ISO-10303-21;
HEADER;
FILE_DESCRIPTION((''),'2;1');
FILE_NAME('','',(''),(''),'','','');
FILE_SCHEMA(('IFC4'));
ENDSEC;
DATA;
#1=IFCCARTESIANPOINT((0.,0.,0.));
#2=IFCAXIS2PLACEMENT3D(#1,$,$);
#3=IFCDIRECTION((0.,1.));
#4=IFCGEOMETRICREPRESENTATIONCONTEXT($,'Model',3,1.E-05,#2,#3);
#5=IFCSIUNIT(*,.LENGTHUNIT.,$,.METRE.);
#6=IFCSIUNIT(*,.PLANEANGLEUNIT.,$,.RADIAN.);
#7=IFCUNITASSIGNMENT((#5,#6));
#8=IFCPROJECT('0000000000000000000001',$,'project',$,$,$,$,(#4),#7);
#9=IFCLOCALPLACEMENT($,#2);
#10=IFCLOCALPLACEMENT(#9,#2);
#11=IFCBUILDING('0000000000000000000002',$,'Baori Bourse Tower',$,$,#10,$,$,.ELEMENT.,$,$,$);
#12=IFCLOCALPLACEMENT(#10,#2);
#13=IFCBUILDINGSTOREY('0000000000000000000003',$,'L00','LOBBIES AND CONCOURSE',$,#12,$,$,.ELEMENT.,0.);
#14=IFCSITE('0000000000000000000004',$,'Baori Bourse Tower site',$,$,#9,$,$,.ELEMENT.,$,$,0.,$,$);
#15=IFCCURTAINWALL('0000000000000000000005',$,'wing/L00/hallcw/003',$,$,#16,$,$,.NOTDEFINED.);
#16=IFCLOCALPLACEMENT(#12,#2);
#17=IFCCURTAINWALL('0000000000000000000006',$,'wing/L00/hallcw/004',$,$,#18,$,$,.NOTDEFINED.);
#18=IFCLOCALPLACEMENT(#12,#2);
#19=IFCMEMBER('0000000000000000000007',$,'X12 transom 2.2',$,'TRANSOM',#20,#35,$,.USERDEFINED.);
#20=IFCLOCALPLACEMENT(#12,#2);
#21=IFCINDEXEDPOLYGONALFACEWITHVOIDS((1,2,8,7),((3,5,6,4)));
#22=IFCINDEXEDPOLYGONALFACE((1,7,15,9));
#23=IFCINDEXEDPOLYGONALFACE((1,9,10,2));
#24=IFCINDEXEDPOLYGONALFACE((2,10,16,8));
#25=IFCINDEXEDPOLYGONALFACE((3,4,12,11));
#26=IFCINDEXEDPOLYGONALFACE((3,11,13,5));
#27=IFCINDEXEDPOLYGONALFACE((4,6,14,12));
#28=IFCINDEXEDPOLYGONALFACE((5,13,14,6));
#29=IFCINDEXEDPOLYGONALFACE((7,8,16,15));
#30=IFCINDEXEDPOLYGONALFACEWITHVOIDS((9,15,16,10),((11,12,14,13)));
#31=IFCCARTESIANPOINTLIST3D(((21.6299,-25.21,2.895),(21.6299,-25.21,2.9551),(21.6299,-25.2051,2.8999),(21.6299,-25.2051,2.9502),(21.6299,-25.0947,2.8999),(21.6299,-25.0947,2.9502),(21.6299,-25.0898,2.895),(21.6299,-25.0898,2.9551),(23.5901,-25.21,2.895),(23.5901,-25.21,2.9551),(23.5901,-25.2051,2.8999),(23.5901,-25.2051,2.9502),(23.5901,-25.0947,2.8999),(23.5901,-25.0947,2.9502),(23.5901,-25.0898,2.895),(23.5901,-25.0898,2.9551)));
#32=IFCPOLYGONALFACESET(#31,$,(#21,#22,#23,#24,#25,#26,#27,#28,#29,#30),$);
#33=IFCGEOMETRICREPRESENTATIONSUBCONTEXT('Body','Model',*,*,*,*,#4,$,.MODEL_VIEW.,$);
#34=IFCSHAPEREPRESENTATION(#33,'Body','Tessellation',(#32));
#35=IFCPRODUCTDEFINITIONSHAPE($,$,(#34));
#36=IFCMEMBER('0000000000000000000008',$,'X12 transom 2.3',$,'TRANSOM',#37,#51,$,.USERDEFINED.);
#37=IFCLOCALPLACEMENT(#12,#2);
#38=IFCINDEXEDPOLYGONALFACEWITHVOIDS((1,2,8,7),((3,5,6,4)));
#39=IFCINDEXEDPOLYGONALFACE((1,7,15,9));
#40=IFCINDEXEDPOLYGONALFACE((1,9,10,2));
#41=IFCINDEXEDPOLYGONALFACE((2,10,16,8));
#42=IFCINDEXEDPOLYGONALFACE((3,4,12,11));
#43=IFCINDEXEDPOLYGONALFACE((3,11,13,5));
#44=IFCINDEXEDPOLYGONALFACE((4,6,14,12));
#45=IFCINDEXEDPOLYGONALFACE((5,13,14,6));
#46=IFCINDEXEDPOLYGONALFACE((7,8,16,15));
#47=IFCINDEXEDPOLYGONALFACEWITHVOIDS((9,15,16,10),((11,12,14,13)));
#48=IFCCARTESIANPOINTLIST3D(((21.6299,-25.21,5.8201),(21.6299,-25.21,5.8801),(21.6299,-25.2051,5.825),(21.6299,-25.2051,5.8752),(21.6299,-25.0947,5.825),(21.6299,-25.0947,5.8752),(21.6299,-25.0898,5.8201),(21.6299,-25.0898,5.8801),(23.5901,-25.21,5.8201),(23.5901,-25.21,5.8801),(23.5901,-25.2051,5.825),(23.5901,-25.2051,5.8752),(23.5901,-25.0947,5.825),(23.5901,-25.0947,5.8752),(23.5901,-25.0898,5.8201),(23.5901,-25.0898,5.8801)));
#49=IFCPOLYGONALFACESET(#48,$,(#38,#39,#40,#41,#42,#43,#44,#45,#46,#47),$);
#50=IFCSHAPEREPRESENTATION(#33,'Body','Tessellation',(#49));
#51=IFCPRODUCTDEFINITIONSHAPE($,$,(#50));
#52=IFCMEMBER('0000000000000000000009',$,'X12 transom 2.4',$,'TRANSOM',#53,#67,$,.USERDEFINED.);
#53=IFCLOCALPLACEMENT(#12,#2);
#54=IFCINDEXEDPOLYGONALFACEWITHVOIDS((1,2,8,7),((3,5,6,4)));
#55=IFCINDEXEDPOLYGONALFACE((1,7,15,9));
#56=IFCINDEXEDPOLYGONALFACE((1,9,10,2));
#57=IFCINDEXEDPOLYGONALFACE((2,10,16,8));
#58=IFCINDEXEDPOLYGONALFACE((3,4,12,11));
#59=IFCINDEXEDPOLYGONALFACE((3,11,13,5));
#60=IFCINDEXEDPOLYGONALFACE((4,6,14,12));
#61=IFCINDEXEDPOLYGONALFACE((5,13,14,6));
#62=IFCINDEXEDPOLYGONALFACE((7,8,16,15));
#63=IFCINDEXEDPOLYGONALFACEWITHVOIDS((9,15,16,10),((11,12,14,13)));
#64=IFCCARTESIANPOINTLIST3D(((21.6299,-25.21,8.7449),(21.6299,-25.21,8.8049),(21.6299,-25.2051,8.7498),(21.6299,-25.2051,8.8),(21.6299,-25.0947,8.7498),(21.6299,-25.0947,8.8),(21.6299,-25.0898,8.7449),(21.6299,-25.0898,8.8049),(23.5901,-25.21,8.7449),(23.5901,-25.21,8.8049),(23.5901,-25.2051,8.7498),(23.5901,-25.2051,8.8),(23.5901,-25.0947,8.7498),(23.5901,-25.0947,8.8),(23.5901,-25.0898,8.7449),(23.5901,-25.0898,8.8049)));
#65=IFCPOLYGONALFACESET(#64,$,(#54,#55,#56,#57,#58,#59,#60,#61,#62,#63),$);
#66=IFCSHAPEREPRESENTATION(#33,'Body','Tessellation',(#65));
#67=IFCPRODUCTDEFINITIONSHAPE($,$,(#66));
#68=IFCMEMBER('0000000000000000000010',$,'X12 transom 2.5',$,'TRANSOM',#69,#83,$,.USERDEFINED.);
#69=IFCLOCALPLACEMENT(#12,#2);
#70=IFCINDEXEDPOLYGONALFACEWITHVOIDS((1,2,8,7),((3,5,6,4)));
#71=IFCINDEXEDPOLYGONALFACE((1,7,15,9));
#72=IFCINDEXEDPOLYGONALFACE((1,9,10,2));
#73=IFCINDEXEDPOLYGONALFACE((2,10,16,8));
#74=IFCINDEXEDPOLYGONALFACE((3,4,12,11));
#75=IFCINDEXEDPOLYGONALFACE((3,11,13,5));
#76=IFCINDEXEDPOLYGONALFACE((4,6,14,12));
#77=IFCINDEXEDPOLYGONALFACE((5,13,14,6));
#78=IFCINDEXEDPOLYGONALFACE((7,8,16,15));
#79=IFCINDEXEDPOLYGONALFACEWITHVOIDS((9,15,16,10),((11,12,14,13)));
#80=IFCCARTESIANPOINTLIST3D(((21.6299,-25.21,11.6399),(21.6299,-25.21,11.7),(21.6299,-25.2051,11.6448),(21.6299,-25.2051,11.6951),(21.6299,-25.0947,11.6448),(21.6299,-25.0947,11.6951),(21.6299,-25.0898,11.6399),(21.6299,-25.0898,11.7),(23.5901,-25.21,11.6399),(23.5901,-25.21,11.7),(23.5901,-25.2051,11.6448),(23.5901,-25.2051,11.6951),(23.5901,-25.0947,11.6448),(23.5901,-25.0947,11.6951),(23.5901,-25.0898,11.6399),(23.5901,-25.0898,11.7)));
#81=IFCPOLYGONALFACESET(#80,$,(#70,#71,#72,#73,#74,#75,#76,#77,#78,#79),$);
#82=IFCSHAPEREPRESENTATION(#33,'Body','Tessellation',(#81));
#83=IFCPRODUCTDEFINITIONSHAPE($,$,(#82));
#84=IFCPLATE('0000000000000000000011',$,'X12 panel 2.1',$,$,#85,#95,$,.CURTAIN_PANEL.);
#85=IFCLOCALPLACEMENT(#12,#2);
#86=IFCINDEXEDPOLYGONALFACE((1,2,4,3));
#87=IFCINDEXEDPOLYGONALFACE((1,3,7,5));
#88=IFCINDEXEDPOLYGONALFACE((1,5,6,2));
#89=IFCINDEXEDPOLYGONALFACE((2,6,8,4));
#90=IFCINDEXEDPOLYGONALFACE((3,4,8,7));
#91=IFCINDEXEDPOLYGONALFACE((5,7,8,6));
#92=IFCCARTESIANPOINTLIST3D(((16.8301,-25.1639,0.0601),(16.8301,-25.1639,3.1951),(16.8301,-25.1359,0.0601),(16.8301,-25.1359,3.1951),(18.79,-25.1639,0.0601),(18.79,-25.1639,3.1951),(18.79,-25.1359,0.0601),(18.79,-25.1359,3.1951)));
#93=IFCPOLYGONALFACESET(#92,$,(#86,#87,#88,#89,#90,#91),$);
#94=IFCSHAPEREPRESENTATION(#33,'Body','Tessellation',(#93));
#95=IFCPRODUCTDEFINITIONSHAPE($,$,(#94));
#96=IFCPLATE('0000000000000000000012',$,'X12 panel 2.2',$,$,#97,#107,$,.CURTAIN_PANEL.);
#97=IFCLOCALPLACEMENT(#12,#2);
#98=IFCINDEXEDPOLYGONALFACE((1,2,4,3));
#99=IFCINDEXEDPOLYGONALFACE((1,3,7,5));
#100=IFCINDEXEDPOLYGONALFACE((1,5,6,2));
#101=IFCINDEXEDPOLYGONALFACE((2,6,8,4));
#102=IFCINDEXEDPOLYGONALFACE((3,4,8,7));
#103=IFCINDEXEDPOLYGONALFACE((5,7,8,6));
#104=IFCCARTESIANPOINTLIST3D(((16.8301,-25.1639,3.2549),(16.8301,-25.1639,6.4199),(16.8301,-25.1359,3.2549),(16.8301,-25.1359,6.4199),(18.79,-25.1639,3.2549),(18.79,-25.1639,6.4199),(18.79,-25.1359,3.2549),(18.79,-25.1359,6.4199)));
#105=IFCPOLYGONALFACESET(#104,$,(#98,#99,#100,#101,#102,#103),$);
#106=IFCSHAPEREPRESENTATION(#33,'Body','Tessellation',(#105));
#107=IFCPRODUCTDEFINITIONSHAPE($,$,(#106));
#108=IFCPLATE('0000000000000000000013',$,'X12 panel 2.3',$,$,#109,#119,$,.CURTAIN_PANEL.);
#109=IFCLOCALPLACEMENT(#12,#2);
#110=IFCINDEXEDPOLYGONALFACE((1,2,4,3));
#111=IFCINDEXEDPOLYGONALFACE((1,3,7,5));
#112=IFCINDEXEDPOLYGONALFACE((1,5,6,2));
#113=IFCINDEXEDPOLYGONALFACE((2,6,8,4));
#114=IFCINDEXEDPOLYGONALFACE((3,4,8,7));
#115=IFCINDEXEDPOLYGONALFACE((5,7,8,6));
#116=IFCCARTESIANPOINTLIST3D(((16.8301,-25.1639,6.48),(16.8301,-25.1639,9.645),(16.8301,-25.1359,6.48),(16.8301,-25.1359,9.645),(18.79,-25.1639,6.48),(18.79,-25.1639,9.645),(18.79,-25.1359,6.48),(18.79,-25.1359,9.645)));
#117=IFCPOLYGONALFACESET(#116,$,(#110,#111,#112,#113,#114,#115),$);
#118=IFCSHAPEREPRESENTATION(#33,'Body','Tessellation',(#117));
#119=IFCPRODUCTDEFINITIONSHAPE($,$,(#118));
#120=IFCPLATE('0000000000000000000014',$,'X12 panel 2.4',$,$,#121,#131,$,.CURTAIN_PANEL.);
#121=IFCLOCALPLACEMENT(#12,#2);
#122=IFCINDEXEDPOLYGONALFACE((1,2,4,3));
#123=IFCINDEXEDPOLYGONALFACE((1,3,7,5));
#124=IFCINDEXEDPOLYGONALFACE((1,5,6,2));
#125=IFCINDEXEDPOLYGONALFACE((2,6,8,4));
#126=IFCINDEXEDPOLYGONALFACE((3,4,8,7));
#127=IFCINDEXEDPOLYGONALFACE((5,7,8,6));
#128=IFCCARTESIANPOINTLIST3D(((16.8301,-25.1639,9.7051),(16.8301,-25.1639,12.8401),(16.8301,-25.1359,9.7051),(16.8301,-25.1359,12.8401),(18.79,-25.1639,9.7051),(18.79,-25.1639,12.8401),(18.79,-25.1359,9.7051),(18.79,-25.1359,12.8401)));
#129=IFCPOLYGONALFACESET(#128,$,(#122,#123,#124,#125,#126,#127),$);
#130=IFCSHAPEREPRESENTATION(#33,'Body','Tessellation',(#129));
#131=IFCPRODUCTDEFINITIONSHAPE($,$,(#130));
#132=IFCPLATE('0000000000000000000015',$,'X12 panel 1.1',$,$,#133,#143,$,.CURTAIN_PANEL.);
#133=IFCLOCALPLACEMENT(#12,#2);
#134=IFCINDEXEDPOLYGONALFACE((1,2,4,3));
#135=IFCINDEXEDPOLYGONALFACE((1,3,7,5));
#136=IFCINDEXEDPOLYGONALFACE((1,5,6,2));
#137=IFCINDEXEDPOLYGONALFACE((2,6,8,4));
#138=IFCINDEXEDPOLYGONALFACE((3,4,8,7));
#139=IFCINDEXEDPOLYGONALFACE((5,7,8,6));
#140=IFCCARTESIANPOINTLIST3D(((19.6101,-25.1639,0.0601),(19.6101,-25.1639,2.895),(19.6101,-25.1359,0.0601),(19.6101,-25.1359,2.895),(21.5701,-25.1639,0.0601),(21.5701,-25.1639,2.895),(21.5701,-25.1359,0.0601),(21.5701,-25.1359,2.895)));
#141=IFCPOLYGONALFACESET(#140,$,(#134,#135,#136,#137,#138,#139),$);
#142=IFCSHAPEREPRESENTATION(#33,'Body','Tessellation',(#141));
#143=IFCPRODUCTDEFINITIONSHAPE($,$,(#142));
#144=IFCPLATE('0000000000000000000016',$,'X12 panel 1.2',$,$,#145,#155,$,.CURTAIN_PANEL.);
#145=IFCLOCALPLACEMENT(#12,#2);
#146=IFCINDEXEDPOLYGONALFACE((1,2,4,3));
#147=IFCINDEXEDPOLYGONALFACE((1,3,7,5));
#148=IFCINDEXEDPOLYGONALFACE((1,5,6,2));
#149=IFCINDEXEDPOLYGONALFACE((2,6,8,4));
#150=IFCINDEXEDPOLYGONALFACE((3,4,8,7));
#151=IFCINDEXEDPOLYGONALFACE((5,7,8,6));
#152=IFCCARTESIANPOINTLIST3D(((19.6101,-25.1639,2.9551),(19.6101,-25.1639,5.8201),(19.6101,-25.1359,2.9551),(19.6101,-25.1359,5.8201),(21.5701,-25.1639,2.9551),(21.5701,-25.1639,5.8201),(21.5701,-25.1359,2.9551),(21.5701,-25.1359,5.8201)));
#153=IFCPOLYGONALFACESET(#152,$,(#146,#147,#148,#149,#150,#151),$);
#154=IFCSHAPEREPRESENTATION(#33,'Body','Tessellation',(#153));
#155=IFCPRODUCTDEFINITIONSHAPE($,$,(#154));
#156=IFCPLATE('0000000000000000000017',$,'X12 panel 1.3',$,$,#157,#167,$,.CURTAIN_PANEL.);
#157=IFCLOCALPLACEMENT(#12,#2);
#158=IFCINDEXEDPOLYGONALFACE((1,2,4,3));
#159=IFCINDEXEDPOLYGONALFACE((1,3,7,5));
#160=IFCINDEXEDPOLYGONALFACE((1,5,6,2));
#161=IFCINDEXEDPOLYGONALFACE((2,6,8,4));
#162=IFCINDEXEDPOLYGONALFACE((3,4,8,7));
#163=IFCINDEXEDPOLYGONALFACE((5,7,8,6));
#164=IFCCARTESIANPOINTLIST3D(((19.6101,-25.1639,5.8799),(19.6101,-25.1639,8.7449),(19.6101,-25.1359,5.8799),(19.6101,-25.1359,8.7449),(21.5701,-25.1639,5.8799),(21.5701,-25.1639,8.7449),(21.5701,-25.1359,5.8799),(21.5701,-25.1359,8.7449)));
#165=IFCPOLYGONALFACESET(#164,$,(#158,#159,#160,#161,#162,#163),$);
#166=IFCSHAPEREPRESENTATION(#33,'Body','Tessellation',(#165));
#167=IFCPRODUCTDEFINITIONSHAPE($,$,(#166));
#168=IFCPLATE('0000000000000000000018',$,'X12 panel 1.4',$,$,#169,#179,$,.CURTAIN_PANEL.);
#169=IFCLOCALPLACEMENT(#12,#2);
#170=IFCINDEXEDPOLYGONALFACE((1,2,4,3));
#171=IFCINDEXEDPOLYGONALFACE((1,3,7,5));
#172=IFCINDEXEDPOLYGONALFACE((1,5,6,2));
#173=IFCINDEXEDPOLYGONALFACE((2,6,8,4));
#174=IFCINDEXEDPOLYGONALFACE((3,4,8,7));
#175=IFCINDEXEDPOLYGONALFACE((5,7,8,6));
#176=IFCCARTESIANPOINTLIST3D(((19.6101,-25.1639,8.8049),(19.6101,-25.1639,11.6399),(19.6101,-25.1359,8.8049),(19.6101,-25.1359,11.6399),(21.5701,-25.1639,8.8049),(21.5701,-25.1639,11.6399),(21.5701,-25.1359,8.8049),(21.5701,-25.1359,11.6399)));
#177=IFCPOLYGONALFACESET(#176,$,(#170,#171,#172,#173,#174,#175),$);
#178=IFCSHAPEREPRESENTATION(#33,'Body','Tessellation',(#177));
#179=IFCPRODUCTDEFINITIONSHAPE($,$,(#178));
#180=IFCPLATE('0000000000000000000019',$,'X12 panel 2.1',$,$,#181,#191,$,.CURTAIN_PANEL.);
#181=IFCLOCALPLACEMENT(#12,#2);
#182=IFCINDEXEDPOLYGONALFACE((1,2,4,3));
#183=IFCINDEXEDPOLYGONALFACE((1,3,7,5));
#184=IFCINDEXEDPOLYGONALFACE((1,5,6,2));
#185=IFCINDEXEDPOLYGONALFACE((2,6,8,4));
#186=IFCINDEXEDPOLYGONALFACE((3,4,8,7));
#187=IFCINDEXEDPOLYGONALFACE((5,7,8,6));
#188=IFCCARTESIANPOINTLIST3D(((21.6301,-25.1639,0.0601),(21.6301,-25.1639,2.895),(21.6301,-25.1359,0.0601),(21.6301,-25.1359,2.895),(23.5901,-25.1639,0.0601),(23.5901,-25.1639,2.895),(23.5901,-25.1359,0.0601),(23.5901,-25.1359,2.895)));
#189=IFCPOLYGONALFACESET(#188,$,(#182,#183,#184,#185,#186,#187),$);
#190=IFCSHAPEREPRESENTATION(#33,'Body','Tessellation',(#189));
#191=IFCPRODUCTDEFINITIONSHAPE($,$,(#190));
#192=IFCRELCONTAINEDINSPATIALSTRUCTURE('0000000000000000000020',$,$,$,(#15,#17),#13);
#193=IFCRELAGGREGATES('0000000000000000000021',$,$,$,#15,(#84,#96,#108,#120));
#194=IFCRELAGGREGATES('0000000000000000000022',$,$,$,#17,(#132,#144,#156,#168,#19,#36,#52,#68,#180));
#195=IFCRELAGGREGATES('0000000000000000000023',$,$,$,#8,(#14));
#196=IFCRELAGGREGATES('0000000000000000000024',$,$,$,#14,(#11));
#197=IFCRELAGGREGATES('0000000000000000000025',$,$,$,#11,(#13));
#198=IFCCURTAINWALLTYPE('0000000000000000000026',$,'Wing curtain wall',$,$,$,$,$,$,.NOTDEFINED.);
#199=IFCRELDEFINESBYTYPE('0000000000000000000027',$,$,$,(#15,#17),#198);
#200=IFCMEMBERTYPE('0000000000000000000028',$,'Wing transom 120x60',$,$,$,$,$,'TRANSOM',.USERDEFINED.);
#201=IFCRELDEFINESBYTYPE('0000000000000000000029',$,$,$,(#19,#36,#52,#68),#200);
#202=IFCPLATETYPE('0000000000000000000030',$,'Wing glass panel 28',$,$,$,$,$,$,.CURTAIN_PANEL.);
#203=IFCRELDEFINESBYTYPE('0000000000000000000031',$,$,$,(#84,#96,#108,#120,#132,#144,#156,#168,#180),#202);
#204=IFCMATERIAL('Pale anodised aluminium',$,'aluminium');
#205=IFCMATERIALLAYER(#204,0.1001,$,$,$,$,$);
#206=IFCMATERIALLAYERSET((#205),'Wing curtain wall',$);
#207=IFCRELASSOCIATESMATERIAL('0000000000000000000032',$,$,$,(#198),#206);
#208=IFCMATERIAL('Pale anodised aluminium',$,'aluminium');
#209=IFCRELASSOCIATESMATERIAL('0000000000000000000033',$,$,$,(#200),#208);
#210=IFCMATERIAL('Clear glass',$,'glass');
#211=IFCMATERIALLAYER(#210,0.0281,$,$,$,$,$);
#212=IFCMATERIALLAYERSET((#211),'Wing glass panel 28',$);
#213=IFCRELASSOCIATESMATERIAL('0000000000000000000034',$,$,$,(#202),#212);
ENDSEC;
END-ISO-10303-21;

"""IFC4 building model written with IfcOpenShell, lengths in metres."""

from ifc_helpers import new_model, si_unit, direction, frame, origin, origin_2d, place, context, subcontext, project, spatial, rectangle, hollow_rectangle, extrude, material, layer, layer_set, material_profile, profile_set, type_object, element, aggregate, save


model = new_model("IFC4")

# Units and contexts
model_context = context("Model", 3, precision=1e-05, world=origin(), true_north=direction((0.0, 1.0)))
body_context = subcontext(model_context, "Body", "Model", "MODEL_VIEW")
ifc_project = project(units=[si_unit("LENGTHUNIT", "METRE"), si_unit("PLANEANGLEUNIT", "RADIAN")], contexts=[model_context])

# Site, building, storey
site_placement = place(None, origin())
site = spatial("IfcSite", under=ifc_project, at=site_placement, Name="Baori Bourse Tower site", CompositionType="ELEMENT", RefElevation=0.0)
building_placement = place(site_placement, origin())
building = spatial("IfcBuilding", under=site, at=building_placement, Name="Baori Bourse Tower", CompositionType="ELEMENT")
storey_placement = place(building_placement, origin())
storey = spatial("IfcBuildingStorey", under=building, at=storey_placement, Name="L00", Description="LOBBIES AND CONCOURSE", CompositionType="ELEMENT", Elevation=0.0)

# Curtain wall
ifc_material_1 = material(Name="Pale anodised aluminium", Category="aluminium")
ifc_layer_1 = layer(ifc_material_1, 0.1001)
ifc_layer_set_1 = layer_set([ifc_layer_1], Name="Wing curtain wall")
curtain_wall_type = type_object("IfcCurtainWallType", Name="Wing curtain wall", PredefinedType="NOTDEFINED", material=ifc_layer_set_1)
curtain_wall_1_placement = place(storey_placement, origin())
curtain_wall_1 = element("IfcCurtainWall", 1, at=curtain_wall_1_placement, inside=storey, type_object=curtain_wall_type, Name="wing/L00/hallcw/003", PredefinedType="NOTDEFINED")

# Curtain wall
curtain_wall_2_placement = place(storey_placement, origin())
curtain_wall_2 = element("IfcCurtainWall", 2, at=curtain_wall_2_placement, inside=storey, type_object=curtain_wall_type, Name="wing/L00/hallcw/004", PredefinedType="NOTDEFINED")

# Members
ifc_material_2 = material(Name="Pale anodised aluminium", Category="aluminium")
ifc_material_profile_1 = material_profile(ifc_material_2, hollow_rectangle(XDim=0.1201, YDim=0.0601, WallThickness=0.0049, at=origin_2d()), Name="Transom 120x60x5")
ifc_profile_set_1 = profile_set([ifc_material_profile_1], Name="Pale anodised aluminium")
member_type_1 = type_object("IfcMemberType", Name="Wing transom 120x60", ElementType="TRANSOM", PredefinedType="USERDEFINED", material=ifc_profile_set_1)
member_1_placement = place(storey_placement, frame((21.6299, -25.1499, 2.925), z_axis=(1.0, 0.0, 0.0), x_axis=(0.0, 1.0, 0.0)))
member_1 = element("IfcMember", 3, at=member_1_placement, type_object=member_type_1, Name="X12 transom 2.2", ObjectType="TRANSOM", PredefinedType="USERDEFINED", context=body_context, shape_type="SweptSolid", body=[
    extrude(hollow_rectangle(XDim=0.1201, YDim=0.0601, WallThickness=0.0049, at=origin_2d()), origin(), (0.0, 0.0, 1.0), 1.9602),
])
member_2_placement = place(storey_placement, frame((21.6299, -25.1499, 5.8501), z_axis=(1.0, 0.0, 0.0), x_axis=(0.0, 1.0, 0.0)))
member_2 = element("IfcMember", 4, at=member_2_placement, type_object=member_type_1, Name="X12 transom 2.3", ObjectType="TRANSOM", PredefinedType="USERDEFINED", context=body_context, shape_type="SweptSolid", body=[
    extrude(hollow_rectangle(XDim=0.1201, YDim=0.0601, WallThickness=0.0049, at=origin_2d()), origin(), (0.0, 0.0, 1.0), 1.9602),
])
member_3_placement = place(storey_placement, frame((21.6299, -25.1499, 8.7749), z_axis=(1.0, 0.0, 0.0), x_axis=(0.0, 1.0, 0.0)))
member_3 = element("IfcMember", 5, at=member_3_placement, type_object=member_type_1, Name="X12 transom 2.4", ObjectType="TRANSOM", PredefinedType="USERDEFINED", context=body_context, shape_type="SweptSolid", body=[
    extrude(hollow_rectangle(XDim=0.1201, YDim=0.0601, WallThickness=0.0049, at=origin_2d()), origin(), (0.0, 0.0, 1.0), 1.9602),
])
member_4_placement = place(storey_placement, frame((21.6299, -25.1499, 11.6699), z_axis=(1.0, 0.0, 0.0), x_axis=(0.0, 1.0, 0.0)))
member_4 = element("IfcMember", 6, at=member_4_placement, type_object=member_type_1, Name="X12 transom 2.5", ObjectType="TRANSOM", PredefinedType="USERDEFINED", context=body_context, shape_type="SweptSolid", body=[
    extrude(hollow_rectangle(XDim=0.1201, YDim=0.0601, WallThickness=0.0049, at=origin_2d()), origin(), (0.0, 0.0, 1.0), 1.9602),
])

# Plates
ifc_material_3 = material(Name="Clear glass", Category="glass")
ifc_layer_2 = layer(ifc_material_3, 0.0281)
ifc_layer_set_2 = layer_set([ifc_layer_2], Name="Wing glass panel 28")
plate_type = type_object("IfcPlateType", Name="Wing glass panel 28", PredefinedType="CURTAIN_PANEL", material=ifc_layer_set_2)
plate_1_placement = place(storey_placement, frame((17.8101, -25.1499, 0.0601), z_axis=(0.0, 0.0, 1.0), x_axis=(1.0, 0.0, 0.0)))
plate_1 = element("IfcPlate", 7, at=plate_1_placement, type_object=plate_type, Name="X12 panel 2.1", PredefinedType="CURTAIN_PANEL", context=body_context, shape_type="SweptSolid", body=[
    extrude(rectangle(XDim=1.96, YDim=0.0281, at=origin_2d()), origin(), (0.0, 0.0, 1.0), 3.135),
])
plate_2_placement = place(storey_placement, frame((17.8101, -25.1499, 3.2549), z_axis=(0.0, 0.0, 1.0), x_axis=(1.0, 0.0, 0.0)))
plate_2 = element("IfcPlate", 8, at=plate_2_placement, type_object=plate_type, Name="X12 panel 2.2", PredefinedType="CURTAIN_PANEL", context=body_context, shape_type="SweptSolid", body=[
    extrude(rectangle(XDim=1.96, YDim=0.0281, at=origin_2d()), origin(), (0.0, 0.0, 1.0), 3.165),
])
plate_3_placement = place(storey_placement, frame((17.8101, -25.1499, 6.48), z_axis=(0.0, 0.0, 1.0), x_axis=(1.0, 0.0, 0.0)))
plate_3 = element("IfcPlate", 9, at=plate_3_placement, type_object=plate_type, Name="X12 panel 2.3", PredefinedType="CURTAIN_PANEL", context=body_context, shape_type="SweptSolid", body=[
    extrude(rectangle(XDim=1.96, YDim=0.0281, at=origin_2d()), origin(), (0.0, 0.0, 1.0), 3.165),
])
plate_4_placement = place(storey_placement, frame((17.8101, -25.1499, 9.7051), z_axis=(0.0, 0.0, 1.0), x_axis=(1.0, 0.0, 0.0)))
plate_4 = element("IfcPlate", 10, at=plate_4_placement, type_object=plate_type, Name="X12 panel 2.4", PredefinedType="CURTAIN_PANEL", context=body_context, shape_type="SweptSolid", body=[
    extrude(rectangle(XDim=1.96, YDim=0.0281, at=origin_2d()), origin(), (0.0, 0.0, 1.0), 3.135),
])
aggregate(curtain_wall_1, [plate_1, plate_2, plate_3, plate_4])
plate_5_placement = place(storey_placement, frame((20.5901, -25.1499, 0.0601), z_axis=(0.0, 0.0, 1.0), x_axis=(1.0, 0.0, 0.0)))
plate_5 = element("IfcPlate", 11, at=plate_5_placement, type_object=plate_type, Name="X12 panel 1.1", PredefinedType="CURTAIN_PANEL", context=body_context, shape_type="SweptSolid", body=[
    extrude(rectangle(XDim=1.96, YDim=0.0281, at=origin_2d()), origin(), (0.0, 0.0, 1.0), 2.835),
])
plate_6_placement = place(storey_placement, frame((20.5901, -25.1499, 2.9551), z_axis=(0.0, 0.0, 1.0), x_axis=(1.0, 0.0, 0.0)))
plate_6 = element("IfcPlate", 12, at=plate_6_placement, type_object=plate_type, Name="X12 panel 1.2", PredefinedType="CURTAIN_PANEL", context=body_context, shape_type="SweptSolid", body=[
    extrude(rectangle(XDim=1.96, YDim=0.0281, at=origin_2d()), origin(), (0.0, 0.0, 1.0), 2.865),
])
plate_7_placement = place(storey_placement, frame((20.5901, -25.1499, 5.8799), z_axis=(0.0, 0.0, 1.0), x_axis=(1.0, 0.0, 0.0)))
plate_7 = element("IfcPlate", 13, at=plate_7_placement, type_object=plate_type, Name="X12 panel 1.3", PredefinedType="CURTAIN_PANEL", context=body_context, shape_type="SweptSolid", body=[
    extrude(rectangle(XDim=1.96, YDim=0.0281, at=origin_2d()), origin(), (0.0, 0.0, 1.0), 2.865),
])
plate_8_placement = place(storey_placement, frame((20.5901, -25.1499, 8.8049), z_axis=(0.0, 0.0, 1.0), x_axis=(1.0, 0.0, 0.0)))
plate_8 = element("IfcPlate", 14, at=plate_8_placement, type_object=plate_type, Name="X12 panel 1.4", PredefinedType="CURTAIN_PANEL", context=body_context, shape_type="SweptSolid", body=[
    extrude(rectangle(XDim=1.96, YDim=0.0281, at=origin_2d()), origin(), (0.0, 0.0, 1.0), 2.835),
])
plate_9_placement = place(storey_placement, frame((22.6101, -25.1499, 0.0601), z_axis=(0.0, 0.0, 1.0), x_axis=(1.0, 0.0, 0.0)))
plate_9 = element("IfcPlate", 15, at=plate_9_placement, type_object=plate_type, Name="X12 panel 2.1", PredefinedType="CURTAIN_PANEL", context=body_context, shape_type="SweptSolid", body=[
    extrude(rectangle(XDim=1.96, YDim=0.0281, at=origin_2d()), origin(), (0.0, 0.0, 1.0), 2.835),
])
aggregate(curtain_wall_2, [plate_5, plate_6, plate_7, plate_8, member_1, member_2, member_3, member_4, plate_9])

save(model, "model.ifc")
